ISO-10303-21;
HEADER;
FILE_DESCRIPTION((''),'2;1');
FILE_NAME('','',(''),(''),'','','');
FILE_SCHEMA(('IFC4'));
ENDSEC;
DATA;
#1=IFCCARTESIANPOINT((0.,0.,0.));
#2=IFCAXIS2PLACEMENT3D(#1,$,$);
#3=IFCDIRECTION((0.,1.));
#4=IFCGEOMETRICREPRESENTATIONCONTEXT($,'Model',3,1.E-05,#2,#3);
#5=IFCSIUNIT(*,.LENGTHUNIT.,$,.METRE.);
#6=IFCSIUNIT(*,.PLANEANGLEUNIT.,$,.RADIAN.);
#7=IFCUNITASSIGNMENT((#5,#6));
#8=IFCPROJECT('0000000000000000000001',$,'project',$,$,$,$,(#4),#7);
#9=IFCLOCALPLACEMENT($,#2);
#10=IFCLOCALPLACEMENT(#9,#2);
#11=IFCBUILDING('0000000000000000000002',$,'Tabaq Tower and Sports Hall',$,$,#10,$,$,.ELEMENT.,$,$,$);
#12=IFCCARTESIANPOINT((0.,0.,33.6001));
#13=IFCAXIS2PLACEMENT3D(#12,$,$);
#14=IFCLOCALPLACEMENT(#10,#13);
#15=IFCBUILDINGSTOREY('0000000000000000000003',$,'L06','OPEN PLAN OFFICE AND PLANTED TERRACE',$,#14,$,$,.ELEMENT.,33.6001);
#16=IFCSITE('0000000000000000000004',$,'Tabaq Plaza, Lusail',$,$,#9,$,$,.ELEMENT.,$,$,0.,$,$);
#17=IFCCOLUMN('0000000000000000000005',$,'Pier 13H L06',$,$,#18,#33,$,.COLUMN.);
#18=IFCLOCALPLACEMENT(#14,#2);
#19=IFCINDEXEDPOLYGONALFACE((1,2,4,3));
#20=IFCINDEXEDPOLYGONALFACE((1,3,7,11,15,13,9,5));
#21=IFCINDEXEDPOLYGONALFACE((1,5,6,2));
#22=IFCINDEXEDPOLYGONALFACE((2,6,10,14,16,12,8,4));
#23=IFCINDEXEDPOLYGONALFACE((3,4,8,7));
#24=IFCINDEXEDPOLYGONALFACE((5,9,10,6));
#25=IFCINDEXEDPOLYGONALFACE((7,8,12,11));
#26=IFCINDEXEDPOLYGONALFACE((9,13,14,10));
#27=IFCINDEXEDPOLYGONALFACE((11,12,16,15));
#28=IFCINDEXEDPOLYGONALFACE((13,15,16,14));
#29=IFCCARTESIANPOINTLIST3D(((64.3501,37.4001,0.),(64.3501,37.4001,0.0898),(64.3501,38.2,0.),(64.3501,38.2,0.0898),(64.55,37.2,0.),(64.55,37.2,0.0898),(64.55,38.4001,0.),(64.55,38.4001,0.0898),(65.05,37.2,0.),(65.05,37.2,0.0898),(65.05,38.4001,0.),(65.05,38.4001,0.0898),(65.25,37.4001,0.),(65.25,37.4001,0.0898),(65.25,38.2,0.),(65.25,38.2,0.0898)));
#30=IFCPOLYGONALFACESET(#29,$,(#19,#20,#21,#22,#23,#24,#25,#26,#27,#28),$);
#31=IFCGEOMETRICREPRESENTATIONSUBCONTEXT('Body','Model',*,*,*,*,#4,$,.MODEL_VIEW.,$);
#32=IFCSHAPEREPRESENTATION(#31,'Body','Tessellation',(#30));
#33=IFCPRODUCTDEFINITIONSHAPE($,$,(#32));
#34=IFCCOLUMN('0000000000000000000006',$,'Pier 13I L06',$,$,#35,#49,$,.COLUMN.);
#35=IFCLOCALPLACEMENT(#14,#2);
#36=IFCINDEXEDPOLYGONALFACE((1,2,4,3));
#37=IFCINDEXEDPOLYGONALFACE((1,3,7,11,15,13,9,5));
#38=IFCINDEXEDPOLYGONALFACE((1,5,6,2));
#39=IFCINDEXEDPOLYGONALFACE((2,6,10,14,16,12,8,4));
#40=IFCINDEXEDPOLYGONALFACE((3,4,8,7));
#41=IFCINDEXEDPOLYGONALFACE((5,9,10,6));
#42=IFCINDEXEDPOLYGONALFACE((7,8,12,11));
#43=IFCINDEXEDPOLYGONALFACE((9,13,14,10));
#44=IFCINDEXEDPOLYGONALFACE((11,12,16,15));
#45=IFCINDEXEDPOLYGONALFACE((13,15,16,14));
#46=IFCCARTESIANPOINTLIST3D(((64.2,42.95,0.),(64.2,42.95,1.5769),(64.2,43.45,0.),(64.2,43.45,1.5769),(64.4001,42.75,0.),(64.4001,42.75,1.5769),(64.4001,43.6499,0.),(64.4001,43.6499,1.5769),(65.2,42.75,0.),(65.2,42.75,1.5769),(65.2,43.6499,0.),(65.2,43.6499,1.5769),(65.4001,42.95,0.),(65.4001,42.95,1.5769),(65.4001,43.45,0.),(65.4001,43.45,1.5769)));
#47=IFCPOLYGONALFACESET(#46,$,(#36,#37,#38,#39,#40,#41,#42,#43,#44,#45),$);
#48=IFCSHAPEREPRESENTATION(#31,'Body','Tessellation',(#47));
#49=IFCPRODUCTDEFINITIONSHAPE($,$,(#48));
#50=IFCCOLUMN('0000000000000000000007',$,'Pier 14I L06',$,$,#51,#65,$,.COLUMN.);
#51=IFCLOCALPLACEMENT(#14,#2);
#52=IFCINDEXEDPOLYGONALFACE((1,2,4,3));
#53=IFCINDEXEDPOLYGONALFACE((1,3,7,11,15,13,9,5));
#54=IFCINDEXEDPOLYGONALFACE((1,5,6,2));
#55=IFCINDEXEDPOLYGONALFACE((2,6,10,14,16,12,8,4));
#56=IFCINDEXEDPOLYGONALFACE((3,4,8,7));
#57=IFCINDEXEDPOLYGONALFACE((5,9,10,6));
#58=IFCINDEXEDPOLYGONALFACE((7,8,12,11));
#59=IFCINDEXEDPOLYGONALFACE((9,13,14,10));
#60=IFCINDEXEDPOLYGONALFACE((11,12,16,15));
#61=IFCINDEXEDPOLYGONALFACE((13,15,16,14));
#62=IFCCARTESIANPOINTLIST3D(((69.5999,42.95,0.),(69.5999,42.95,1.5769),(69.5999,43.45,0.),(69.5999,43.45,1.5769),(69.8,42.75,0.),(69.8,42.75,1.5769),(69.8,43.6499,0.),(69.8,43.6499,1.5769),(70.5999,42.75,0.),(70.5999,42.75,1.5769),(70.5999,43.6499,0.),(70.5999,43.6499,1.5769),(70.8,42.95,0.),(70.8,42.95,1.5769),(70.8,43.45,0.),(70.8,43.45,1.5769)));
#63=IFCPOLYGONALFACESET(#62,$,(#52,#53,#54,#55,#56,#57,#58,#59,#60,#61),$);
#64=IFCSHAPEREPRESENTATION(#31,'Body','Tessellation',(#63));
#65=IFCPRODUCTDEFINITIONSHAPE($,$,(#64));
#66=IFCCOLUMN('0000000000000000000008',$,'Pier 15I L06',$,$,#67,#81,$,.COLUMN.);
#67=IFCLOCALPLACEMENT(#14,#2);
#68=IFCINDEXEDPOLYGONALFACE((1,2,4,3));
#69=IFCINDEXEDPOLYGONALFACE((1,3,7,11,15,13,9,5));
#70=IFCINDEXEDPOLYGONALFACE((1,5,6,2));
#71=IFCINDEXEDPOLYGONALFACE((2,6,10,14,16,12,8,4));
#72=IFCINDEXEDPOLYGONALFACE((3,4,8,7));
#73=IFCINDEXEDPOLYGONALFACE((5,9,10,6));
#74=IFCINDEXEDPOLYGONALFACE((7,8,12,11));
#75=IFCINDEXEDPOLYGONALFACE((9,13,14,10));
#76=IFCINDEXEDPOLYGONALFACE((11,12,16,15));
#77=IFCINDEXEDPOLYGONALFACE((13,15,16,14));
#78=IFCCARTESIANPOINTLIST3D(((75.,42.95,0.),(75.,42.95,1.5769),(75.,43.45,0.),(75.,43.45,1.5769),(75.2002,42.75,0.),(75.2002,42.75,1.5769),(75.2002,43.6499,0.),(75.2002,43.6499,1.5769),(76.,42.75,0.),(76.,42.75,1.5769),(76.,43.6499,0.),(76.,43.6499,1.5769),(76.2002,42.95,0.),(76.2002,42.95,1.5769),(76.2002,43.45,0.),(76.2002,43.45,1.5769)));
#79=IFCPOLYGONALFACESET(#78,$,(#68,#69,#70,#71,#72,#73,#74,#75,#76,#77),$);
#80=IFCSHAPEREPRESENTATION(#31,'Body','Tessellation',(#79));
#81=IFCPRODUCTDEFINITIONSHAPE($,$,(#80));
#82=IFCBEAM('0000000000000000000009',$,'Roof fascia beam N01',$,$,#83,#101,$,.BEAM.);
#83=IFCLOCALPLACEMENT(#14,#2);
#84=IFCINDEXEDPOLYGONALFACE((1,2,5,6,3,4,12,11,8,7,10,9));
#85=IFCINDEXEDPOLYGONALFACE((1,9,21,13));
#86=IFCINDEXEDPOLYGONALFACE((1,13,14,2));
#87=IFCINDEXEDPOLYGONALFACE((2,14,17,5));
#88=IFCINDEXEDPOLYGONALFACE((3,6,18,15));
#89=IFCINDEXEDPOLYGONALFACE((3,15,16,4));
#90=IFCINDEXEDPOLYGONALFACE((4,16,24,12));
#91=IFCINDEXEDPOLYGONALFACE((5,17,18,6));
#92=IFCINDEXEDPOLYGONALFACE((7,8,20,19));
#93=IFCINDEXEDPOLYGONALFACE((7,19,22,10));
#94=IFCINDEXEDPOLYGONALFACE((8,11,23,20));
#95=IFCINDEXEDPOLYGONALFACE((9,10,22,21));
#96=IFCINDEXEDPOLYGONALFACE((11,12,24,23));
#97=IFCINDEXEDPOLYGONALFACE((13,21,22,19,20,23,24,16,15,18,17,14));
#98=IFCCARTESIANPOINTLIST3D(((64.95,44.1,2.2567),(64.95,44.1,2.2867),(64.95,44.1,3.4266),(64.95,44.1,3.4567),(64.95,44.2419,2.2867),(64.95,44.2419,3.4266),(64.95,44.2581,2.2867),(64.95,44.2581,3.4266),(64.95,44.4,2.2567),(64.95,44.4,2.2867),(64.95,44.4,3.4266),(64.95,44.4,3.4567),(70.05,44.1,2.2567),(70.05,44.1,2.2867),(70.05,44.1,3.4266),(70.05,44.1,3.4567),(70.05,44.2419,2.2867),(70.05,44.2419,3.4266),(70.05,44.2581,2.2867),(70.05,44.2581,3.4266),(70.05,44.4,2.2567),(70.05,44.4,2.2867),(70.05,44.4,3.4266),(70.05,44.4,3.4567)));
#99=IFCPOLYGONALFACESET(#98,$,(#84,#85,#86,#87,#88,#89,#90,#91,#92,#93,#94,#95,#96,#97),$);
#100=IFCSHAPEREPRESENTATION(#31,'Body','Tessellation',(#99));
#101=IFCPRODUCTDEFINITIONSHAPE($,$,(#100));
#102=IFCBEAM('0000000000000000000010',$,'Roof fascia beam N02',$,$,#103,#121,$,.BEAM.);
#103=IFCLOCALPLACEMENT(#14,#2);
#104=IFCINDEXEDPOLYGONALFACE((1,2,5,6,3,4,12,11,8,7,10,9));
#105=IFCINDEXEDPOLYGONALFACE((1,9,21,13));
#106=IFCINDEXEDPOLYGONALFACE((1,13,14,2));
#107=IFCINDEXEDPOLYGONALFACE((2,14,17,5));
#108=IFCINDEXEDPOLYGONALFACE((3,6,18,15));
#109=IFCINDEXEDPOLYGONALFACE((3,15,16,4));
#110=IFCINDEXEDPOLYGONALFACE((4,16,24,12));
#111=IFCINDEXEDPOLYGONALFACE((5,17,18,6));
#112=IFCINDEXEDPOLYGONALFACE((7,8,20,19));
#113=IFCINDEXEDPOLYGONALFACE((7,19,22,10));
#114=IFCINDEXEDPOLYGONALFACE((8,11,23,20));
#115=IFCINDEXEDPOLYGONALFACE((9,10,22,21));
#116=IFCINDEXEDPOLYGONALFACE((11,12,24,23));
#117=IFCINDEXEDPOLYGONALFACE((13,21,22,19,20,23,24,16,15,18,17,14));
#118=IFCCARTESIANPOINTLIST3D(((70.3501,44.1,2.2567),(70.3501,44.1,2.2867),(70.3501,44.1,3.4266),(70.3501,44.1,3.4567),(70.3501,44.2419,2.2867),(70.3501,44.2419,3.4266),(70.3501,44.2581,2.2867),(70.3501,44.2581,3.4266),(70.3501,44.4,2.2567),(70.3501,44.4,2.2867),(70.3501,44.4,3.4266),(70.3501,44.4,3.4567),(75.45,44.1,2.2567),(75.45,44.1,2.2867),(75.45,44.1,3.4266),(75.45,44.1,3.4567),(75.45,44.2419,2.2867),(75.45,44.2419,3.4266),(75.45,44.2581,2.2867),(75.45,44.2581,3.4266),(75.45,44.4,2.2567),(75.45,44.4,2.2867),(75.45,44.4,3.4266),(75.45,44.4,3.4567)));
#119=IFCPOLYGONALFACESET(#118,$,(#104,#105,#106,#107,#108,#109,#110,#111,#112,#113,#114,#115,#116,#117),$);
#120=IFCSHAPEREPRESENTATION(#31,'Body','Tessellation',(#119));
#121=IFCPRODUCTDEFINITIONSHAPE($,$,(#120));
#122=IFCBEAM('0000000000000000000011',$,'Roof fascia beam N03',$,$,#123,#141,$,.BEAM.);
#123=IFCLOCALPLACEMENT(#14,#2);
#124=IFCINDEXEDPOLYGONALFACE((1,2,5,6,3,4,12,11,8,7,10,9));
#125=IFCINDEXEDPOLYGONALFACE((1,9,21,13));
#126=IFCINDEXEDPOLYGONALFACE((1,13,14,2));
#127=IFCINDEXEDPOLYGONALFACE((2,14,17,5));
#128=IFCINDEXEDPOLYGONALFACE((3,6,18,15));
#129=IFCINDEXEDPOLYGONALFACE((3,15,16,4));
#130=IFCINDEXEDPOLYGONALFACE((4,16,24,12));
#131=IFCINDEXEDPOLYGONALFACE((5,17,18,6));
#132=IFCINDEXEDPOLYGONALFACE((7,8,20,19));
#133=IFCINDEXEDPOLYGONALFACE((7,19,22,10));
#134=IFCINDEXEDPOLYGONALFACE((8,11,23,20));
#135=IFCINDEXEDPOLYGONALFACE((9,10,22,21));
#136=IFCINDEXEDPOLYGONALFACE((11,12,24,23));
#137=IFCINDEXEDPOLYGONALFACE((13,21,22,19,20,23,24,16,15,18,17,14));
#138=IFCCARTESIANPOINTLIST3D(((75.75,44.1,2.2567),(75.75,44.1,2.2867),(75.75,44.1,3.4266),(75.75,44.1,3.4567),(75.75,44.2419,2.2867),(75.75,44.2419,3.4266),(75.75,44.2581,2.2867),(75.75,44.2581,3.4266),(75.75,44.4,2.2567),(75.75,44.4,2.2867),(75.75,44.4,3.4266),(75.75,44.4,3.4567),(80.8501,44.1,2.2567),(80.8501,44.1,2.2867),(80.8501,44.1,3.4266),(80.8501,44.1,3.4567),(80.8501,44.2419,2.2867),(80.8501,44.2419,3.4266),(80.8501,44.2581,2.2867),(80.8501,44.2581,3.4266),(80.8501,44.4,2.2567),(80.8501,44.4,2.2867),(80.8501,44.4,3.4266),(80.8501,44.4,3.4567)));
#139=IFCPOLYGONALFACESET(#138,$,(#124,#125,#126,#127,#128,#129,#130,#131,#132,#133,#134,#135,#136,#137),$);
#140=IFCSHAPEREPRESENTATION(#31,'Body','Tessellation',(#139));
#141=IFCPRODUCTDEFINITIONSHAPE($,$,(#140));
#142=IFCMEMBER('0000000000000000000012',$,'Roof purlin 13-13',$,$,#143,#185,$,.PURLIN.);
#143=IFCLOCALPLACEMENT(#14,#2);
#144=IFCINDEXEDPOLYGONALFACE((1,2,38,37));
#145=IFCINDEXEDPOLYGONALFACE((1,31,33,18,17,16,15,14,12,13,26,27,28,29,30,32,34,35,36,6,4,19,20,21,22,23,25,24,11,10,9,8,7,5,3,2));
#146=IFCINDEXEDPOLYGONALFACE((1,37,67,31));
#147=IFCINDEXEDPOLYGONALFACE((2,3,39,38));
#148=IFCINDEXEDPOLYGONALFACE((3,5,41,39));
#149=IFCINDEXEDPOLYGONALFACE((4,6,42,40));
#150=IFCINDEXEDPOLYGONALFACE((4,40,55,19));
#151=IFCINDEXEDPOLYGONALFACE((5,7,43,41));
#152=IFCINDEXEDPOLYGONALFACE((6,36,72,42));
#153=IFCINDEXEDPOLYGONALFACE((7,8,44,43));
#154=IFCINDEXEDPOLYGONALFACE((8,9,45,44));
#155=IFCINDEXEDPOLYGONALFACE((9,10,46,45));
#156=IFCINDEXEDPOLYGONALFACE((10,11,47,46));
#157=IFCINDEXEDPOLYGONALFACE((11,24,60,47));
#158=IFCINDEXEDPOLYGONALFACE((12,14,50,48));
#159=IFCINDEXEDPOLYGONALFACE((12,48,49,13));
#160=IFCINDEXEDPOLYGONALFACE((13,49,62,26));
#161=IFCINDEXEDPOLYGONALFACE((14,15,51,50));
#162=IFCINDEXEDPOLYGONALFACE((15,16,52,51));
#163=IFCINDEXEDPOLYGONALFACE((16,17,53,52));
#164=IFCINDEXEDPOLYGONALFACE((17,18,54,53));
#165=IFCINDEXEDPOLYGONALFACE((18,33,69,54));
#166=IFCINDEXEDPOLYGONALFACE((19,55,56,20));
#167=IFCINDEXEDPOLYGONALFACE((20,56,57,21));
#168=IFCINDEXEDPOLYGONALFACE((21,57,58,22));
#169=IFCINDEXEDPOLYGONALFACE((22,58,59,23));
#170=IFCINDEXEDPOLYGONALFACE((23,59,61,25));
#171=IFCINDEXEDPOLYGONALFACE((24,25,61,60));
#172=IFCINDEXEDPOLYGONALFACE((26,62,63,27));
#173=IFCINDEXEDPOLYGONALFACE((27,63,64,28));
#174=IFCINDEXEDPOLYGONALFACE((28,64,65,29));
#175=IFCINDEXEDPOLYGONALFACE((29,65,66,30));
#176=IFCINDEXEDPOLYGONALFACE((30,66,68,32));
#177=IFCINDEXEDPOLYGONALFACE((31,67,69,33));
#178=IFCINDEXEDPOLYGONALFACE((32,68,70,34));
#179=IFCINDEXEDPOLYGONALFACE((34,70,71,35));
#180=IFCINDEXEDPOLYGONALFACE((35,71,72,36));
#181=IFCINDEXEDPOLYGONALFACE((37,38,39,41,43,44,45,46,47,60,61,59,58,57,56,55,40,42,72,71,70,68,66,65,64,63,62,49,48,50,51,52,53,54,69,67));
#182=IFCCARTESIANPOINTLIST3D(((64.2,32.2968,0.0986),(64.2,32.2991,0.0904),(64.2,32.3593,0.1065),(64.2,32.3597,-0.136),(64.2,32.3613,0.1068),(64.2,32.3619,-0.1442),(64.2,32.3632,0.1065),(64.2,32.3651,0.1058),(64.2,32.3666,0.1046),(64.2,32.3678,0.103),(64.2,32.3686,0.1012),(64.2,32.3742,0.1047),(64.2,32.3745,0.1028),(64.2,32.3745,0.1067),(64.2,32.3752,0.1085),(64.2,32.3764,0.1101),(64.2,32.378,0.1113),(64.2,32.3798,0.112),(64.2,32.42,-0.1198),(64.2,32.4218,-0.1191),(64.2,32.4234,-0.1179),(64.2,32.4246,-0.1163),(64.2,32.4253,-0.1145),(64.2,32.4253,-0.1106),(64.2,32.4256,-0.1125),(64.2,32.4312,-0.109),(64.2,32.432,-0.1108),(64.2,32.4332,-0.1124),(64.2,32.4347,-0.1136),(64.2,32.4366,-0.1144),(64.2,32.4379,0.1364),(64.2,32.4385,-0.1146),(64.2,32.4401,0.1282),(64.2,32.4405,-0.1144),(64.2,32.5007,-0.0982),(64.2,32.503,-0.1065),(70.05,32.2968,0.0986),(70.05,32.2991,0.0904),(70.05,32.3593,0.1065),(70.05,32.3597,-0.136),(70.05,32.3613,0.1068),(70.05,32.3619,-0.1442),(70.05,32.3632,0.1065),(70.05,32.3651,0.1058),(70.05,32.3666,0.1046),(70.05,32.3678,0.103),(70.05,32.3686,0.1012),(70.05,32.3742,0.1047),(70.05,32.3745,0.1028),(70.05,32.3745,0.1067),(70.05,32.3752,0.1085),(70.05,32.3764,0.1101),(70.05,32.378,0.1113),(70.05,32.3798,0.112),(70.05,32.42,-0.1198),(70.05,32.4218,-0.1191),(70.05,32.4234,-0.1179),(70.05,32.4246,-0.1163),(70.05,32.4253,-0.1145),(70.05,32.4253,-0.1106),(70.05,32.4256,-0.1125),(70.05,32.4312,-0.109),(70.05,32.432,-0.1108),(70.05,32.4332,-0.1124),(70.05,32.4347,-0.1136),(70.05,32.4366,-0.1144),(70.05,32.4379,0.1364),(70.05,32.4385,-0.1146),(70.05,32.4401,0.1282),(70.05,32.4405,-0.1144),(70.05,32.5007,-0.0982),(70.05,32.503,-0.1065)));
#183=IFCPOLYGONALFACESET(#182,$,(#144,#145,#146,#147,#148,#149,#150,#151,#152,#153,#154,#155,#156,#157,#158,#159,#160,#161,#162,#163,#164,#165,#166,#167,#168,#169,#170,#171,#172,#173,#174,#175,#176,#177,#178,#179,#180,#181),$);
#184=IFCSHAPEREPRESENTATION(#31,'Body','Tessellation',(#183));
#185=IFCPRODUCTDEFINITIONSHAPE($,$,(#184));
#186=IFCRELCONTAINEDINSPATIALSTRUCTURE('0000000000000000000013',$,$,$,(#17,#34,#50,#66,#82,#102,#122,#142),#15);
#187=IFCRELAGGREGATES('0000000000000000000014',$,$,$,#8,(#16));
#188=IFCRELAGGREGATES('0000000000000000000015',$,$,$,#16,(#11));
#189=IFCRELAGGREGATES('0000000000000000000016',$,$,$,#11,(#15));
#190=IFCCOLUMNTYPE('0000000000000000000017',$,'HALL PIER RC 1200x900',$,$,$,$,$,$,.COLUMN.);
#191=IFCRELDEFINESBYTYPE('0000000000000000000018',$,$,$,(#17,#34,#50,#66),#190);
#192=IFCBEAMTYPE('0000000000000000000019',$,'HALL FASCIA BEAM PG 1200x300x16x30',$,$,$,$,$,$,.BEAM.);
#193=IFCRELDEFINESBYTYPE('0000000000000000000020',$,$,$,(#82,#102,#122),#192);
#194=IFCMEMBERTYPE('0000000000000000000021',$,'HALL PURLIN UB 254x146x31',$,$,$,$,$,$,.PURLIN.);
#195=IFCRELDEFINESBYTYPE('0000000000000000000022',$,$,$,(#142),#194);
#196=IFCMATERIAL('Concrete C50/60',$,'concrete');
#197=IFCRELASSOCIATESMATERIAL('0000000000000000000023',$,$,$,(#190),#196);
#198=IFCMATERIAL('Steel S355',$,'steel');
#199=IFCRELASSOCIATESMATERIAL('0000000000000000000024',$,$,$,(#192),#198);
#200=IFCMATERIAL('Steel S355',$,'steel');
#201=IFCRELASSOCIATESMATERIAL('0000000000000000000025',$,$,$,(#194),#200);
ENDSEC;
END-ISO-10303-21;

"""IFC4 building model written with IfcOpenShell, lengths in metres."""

from ifc_helpers import new_model, si_unit, direction, frame, origin, origin_2d, place, context, subcontext, project, spatial, polyline, i_section, outline, extrude, material, material_profile, profile_set, type_object, element, save


model = new_model("IFC4")

# Units and contexts
model_context = context("Model", 3, precision=1e-05, world=origin(), true_north=direction((0.0, 1.0)))
body_context = subcontext(model_context, "Body", "Model", "MODEL_VIEW")
ifc_project = project(units=[si_unit("LENGTHUNIT", "METRE"), si_unit("PLANEANGLEUNIT", "RADIAN")], contexts=[model_context])

# Site, building, storey
site_placement = place(None, origin())
site = spatial("IfcSite", under=ifc_project, at=site_placement, Name="Tabaq Plaza, Lusail", CompositionType="ELEMENT", RefElevation=0.0)
building_placement = place(site_placement, origin())
building = spatial("IfcBuilding", under=site, at=building_placement, Name="Tabaq Tower and Sports Hall", CompositionType="ELEMENT")
storey_placement = place(building_placement, frame((0.0, 0.0, 33.6001)))
storey = spatial("IfcBuildingStorey", under=building, at=storey_placement, Name="L06", Description="OPEN PLAN OFFICE AND PLANTED TERRACE", CompositionType="ELEMENT", Elevation=33.6001)

# Columns
ifc_material_1 = material(Name="Concrete C50/60", Category="concrete")
ifc_material_profile_1 = material_profile(ifc_material_1, outline(polyline([(-0.3999, -0.45), (0.3999, -0.45), (0.6001, -0.25), (0.6001, 0.25), (0.3999, 0.45), (-0.3999, 0.45), (-0.6001, 0.25), (-0.6001, -0.25), (-0.3999, -0.45)])), Name="PIER 1200x900")
ifc_profile_set_1 = profile_set([ifc_material_profile_1], Name="Concrete C50/60")
column_type = type_object("IfcColumnType", Name="HALL PIER RC 1200x900", PredefinedType="COLUMN", material=ifc_profile_set_1)
column_placement = place(storey_placement, frame((64.8, 37.8, 0.0), z_axis=(0.0, 0.0, 1.0), x_axis=(0.0, 1.0, 0.0)))
element("IfcColumn", 1, at=column_placement, inside=storey, type_object=column_type, Name="Pier 13H L06", PredefinedType="COLUMN", context=body_context, shape_type="SweptSolid", body=[
    extrude(outline(polyline([(-0.3999, -0.45), (0.3999, -0.45), (0.6001, -0.25), (0.6001, 0.25), (0.3999, 0.45), (-0.3999, 0.45), (-0.6001, 0.25), (-0.6001, -0.25), (-0.3999, -0.45)])), origin(), (0.0, 0.0, 1.0), 0.0898),
])
for number, where, z_axis, x_axis, name in (
    (2, (64.8, 43.2, 0.0), (0.0, 0.0, 1.0), (1.0, 0.0, 0.0), "Pier 13I L06"),
    (3, (70.2, 43.2, 0.0), (0.0, 0.0, 1.0), (1.0, 0.0, 0.0), "Pier 14I L06"),
    (4, (75.6001, 43.2, 0.0), (0.0, 0.0, 1.0), (1.0, 0.0, 0.0), "Pier 15I L06"),
):
    element("IfcColumn", number, at=place(storey_placement, frame(where, z_axis=z_axis, x_axis=x_axis)), inside=storey, type_object=column_type, Name=name, PredefinedType="COLUMN", context=body_context, shape_type="SweptSolid", body=[
        extrude(outline(polyline([(-0.3999, -0.45), (0.3999, -0.45), (0.6001, -0.25), (0.6001, 0.25), (0.3999, 0.45), (-0.3999, 0.45), (-0.6001, 0.25), (-0.6001, -0.25), (-0.3999, -0.45)])), origin(), (0.0, 0.0, 1.0), 1.5769),
    ])

# Beams
ifc_material_2 = material(Name="Steel S355", Category="steel")
ifc_material_profile_2 = material_profile(ifc_material_2, i_section(OverallWidth=0.3, OverallDepth=1.2, WebThickness=0.0161, FlangeThickness=0.03, at=origin_2d()), Name="PG 1200x300x16x30")
ifc_profile_set_2 = profile_set([ifc_material_profile_2], Name="Steel S355")
beam_type = type_object("IfcBeamType", Name="HALL FASCIA BEAM PG 1200x300x16x30", PredefinedType="BEAM", material=ifc_profile_set_2)
beam_1_placement = place(storey_placement, frame((64.95, 44.25, 2.8567), z_axis=(1.0, 0.0, 0.0), x_axis=(0.0, 1.0, 0.0)))
element("IfcBeam", 5, at=beam_1_placement, inside=storey, type_object=beam_type, Name="Roof fascia beam N01", PredefinedType="BEAM", context=body_context, shape_type="SweptSolid", body=[
    extrude(i_section(OverallWidth=0.3, OverallDepth=1.2, WebThickness=0.0161, FlangeThickness=0.03, at=origin_2d()), origin(), (0.0, 0.0, 1.0), 5.1001),
])
beam_2_placement = place(storey_placement, frame((70.3501, 44.25, 2.8567), z_axis=(1.0, 0.0, 0.0), x_axis=(0.0, 1.0, 0.0)))
element("IfcBeam", 6, at=beam_2_placement, inside=storey, type_object=beam_type, Name="Roof fascia beam N02", PredefinedType="BEAM", context=body_context, shape_type="SweptSolid", body=[
    extrude(i_section(OverallWidth=0.3, OverallDepth=1.2, WebThickness=0.0161, FlangeThickness=0.03, at=origin_2d()), origin(), (0.0, 0.0, 1.0), 5.0999),
])
beam_3_placement = place(storey_placement, frame((75.75, 44.25, 2.8567), z_axis=(1.0, 0.0, 0.0), x_axis=(0.0, 1.0, 0.0)))
element("IfcBeam", 7, at=beam_3_placement, inside=storey, type_object=beam_type, Name="Roof fascia beam N03", PredefinedType="BEAM", context=body_context, shape_type="SweptSolid", body=[
    extrude(i_section(OverallWidth=0.3, OverallDepth=1.2, WebThickness=0.0161, FlangeThickness=0.03, at=origin_2d()), origin(), (0.0, 0.0, 1.0), 5.1001),
])

# Member
ifc_material_3 = material(Name="Steel S355", Category="steel")
ifc_material_profile_3 = material_profile(ifc_material_3, i_section(OverallWidth=0.146, OverallDepth=0.2515, WebThickness=0.0061, FlangeThickness=0.0085, FilletRadius=0.0076, at=origin_2d()), Name="UB 254x146x31")
ifc_profile_set_3 = profile_set([ifc_material_profile_3], Name="Steel S355")
member_type_1 = type_object("IfcMemberType", Name="HALL PURLIN UB 254x146x31", PredefinedType="PURLIN", material=ifc_profile_set_3)
for number, where, z_axis, x_axis, name in (
    (8, (64.2, 32.3999, -0.0039), (1.0, 0.0, 0.0), (0.0, 0.965926, 0.258819), "Roof purlin 13-13"),
):
    element("IfcMember", number, at=place(storey_placement, frame(where, z_axis=z_axis, x_axis=x_axis)), inside=storey, type_object=member_type_1, Name=name, PredefinedType="PURLIN", context=body_context, shape_type="SweptSolid", body=[
        extrude(i_section(OverallWidth=0.146, OverallDepth=0.2515, WebThickness=0.0061, FlangeThickness=0.0085, FilletRadius=0.0076, at=origin_2d()), origin(), (0.0, 0.0, 1.0), 5.8501),
    ])

save(model, "model.ifc")
